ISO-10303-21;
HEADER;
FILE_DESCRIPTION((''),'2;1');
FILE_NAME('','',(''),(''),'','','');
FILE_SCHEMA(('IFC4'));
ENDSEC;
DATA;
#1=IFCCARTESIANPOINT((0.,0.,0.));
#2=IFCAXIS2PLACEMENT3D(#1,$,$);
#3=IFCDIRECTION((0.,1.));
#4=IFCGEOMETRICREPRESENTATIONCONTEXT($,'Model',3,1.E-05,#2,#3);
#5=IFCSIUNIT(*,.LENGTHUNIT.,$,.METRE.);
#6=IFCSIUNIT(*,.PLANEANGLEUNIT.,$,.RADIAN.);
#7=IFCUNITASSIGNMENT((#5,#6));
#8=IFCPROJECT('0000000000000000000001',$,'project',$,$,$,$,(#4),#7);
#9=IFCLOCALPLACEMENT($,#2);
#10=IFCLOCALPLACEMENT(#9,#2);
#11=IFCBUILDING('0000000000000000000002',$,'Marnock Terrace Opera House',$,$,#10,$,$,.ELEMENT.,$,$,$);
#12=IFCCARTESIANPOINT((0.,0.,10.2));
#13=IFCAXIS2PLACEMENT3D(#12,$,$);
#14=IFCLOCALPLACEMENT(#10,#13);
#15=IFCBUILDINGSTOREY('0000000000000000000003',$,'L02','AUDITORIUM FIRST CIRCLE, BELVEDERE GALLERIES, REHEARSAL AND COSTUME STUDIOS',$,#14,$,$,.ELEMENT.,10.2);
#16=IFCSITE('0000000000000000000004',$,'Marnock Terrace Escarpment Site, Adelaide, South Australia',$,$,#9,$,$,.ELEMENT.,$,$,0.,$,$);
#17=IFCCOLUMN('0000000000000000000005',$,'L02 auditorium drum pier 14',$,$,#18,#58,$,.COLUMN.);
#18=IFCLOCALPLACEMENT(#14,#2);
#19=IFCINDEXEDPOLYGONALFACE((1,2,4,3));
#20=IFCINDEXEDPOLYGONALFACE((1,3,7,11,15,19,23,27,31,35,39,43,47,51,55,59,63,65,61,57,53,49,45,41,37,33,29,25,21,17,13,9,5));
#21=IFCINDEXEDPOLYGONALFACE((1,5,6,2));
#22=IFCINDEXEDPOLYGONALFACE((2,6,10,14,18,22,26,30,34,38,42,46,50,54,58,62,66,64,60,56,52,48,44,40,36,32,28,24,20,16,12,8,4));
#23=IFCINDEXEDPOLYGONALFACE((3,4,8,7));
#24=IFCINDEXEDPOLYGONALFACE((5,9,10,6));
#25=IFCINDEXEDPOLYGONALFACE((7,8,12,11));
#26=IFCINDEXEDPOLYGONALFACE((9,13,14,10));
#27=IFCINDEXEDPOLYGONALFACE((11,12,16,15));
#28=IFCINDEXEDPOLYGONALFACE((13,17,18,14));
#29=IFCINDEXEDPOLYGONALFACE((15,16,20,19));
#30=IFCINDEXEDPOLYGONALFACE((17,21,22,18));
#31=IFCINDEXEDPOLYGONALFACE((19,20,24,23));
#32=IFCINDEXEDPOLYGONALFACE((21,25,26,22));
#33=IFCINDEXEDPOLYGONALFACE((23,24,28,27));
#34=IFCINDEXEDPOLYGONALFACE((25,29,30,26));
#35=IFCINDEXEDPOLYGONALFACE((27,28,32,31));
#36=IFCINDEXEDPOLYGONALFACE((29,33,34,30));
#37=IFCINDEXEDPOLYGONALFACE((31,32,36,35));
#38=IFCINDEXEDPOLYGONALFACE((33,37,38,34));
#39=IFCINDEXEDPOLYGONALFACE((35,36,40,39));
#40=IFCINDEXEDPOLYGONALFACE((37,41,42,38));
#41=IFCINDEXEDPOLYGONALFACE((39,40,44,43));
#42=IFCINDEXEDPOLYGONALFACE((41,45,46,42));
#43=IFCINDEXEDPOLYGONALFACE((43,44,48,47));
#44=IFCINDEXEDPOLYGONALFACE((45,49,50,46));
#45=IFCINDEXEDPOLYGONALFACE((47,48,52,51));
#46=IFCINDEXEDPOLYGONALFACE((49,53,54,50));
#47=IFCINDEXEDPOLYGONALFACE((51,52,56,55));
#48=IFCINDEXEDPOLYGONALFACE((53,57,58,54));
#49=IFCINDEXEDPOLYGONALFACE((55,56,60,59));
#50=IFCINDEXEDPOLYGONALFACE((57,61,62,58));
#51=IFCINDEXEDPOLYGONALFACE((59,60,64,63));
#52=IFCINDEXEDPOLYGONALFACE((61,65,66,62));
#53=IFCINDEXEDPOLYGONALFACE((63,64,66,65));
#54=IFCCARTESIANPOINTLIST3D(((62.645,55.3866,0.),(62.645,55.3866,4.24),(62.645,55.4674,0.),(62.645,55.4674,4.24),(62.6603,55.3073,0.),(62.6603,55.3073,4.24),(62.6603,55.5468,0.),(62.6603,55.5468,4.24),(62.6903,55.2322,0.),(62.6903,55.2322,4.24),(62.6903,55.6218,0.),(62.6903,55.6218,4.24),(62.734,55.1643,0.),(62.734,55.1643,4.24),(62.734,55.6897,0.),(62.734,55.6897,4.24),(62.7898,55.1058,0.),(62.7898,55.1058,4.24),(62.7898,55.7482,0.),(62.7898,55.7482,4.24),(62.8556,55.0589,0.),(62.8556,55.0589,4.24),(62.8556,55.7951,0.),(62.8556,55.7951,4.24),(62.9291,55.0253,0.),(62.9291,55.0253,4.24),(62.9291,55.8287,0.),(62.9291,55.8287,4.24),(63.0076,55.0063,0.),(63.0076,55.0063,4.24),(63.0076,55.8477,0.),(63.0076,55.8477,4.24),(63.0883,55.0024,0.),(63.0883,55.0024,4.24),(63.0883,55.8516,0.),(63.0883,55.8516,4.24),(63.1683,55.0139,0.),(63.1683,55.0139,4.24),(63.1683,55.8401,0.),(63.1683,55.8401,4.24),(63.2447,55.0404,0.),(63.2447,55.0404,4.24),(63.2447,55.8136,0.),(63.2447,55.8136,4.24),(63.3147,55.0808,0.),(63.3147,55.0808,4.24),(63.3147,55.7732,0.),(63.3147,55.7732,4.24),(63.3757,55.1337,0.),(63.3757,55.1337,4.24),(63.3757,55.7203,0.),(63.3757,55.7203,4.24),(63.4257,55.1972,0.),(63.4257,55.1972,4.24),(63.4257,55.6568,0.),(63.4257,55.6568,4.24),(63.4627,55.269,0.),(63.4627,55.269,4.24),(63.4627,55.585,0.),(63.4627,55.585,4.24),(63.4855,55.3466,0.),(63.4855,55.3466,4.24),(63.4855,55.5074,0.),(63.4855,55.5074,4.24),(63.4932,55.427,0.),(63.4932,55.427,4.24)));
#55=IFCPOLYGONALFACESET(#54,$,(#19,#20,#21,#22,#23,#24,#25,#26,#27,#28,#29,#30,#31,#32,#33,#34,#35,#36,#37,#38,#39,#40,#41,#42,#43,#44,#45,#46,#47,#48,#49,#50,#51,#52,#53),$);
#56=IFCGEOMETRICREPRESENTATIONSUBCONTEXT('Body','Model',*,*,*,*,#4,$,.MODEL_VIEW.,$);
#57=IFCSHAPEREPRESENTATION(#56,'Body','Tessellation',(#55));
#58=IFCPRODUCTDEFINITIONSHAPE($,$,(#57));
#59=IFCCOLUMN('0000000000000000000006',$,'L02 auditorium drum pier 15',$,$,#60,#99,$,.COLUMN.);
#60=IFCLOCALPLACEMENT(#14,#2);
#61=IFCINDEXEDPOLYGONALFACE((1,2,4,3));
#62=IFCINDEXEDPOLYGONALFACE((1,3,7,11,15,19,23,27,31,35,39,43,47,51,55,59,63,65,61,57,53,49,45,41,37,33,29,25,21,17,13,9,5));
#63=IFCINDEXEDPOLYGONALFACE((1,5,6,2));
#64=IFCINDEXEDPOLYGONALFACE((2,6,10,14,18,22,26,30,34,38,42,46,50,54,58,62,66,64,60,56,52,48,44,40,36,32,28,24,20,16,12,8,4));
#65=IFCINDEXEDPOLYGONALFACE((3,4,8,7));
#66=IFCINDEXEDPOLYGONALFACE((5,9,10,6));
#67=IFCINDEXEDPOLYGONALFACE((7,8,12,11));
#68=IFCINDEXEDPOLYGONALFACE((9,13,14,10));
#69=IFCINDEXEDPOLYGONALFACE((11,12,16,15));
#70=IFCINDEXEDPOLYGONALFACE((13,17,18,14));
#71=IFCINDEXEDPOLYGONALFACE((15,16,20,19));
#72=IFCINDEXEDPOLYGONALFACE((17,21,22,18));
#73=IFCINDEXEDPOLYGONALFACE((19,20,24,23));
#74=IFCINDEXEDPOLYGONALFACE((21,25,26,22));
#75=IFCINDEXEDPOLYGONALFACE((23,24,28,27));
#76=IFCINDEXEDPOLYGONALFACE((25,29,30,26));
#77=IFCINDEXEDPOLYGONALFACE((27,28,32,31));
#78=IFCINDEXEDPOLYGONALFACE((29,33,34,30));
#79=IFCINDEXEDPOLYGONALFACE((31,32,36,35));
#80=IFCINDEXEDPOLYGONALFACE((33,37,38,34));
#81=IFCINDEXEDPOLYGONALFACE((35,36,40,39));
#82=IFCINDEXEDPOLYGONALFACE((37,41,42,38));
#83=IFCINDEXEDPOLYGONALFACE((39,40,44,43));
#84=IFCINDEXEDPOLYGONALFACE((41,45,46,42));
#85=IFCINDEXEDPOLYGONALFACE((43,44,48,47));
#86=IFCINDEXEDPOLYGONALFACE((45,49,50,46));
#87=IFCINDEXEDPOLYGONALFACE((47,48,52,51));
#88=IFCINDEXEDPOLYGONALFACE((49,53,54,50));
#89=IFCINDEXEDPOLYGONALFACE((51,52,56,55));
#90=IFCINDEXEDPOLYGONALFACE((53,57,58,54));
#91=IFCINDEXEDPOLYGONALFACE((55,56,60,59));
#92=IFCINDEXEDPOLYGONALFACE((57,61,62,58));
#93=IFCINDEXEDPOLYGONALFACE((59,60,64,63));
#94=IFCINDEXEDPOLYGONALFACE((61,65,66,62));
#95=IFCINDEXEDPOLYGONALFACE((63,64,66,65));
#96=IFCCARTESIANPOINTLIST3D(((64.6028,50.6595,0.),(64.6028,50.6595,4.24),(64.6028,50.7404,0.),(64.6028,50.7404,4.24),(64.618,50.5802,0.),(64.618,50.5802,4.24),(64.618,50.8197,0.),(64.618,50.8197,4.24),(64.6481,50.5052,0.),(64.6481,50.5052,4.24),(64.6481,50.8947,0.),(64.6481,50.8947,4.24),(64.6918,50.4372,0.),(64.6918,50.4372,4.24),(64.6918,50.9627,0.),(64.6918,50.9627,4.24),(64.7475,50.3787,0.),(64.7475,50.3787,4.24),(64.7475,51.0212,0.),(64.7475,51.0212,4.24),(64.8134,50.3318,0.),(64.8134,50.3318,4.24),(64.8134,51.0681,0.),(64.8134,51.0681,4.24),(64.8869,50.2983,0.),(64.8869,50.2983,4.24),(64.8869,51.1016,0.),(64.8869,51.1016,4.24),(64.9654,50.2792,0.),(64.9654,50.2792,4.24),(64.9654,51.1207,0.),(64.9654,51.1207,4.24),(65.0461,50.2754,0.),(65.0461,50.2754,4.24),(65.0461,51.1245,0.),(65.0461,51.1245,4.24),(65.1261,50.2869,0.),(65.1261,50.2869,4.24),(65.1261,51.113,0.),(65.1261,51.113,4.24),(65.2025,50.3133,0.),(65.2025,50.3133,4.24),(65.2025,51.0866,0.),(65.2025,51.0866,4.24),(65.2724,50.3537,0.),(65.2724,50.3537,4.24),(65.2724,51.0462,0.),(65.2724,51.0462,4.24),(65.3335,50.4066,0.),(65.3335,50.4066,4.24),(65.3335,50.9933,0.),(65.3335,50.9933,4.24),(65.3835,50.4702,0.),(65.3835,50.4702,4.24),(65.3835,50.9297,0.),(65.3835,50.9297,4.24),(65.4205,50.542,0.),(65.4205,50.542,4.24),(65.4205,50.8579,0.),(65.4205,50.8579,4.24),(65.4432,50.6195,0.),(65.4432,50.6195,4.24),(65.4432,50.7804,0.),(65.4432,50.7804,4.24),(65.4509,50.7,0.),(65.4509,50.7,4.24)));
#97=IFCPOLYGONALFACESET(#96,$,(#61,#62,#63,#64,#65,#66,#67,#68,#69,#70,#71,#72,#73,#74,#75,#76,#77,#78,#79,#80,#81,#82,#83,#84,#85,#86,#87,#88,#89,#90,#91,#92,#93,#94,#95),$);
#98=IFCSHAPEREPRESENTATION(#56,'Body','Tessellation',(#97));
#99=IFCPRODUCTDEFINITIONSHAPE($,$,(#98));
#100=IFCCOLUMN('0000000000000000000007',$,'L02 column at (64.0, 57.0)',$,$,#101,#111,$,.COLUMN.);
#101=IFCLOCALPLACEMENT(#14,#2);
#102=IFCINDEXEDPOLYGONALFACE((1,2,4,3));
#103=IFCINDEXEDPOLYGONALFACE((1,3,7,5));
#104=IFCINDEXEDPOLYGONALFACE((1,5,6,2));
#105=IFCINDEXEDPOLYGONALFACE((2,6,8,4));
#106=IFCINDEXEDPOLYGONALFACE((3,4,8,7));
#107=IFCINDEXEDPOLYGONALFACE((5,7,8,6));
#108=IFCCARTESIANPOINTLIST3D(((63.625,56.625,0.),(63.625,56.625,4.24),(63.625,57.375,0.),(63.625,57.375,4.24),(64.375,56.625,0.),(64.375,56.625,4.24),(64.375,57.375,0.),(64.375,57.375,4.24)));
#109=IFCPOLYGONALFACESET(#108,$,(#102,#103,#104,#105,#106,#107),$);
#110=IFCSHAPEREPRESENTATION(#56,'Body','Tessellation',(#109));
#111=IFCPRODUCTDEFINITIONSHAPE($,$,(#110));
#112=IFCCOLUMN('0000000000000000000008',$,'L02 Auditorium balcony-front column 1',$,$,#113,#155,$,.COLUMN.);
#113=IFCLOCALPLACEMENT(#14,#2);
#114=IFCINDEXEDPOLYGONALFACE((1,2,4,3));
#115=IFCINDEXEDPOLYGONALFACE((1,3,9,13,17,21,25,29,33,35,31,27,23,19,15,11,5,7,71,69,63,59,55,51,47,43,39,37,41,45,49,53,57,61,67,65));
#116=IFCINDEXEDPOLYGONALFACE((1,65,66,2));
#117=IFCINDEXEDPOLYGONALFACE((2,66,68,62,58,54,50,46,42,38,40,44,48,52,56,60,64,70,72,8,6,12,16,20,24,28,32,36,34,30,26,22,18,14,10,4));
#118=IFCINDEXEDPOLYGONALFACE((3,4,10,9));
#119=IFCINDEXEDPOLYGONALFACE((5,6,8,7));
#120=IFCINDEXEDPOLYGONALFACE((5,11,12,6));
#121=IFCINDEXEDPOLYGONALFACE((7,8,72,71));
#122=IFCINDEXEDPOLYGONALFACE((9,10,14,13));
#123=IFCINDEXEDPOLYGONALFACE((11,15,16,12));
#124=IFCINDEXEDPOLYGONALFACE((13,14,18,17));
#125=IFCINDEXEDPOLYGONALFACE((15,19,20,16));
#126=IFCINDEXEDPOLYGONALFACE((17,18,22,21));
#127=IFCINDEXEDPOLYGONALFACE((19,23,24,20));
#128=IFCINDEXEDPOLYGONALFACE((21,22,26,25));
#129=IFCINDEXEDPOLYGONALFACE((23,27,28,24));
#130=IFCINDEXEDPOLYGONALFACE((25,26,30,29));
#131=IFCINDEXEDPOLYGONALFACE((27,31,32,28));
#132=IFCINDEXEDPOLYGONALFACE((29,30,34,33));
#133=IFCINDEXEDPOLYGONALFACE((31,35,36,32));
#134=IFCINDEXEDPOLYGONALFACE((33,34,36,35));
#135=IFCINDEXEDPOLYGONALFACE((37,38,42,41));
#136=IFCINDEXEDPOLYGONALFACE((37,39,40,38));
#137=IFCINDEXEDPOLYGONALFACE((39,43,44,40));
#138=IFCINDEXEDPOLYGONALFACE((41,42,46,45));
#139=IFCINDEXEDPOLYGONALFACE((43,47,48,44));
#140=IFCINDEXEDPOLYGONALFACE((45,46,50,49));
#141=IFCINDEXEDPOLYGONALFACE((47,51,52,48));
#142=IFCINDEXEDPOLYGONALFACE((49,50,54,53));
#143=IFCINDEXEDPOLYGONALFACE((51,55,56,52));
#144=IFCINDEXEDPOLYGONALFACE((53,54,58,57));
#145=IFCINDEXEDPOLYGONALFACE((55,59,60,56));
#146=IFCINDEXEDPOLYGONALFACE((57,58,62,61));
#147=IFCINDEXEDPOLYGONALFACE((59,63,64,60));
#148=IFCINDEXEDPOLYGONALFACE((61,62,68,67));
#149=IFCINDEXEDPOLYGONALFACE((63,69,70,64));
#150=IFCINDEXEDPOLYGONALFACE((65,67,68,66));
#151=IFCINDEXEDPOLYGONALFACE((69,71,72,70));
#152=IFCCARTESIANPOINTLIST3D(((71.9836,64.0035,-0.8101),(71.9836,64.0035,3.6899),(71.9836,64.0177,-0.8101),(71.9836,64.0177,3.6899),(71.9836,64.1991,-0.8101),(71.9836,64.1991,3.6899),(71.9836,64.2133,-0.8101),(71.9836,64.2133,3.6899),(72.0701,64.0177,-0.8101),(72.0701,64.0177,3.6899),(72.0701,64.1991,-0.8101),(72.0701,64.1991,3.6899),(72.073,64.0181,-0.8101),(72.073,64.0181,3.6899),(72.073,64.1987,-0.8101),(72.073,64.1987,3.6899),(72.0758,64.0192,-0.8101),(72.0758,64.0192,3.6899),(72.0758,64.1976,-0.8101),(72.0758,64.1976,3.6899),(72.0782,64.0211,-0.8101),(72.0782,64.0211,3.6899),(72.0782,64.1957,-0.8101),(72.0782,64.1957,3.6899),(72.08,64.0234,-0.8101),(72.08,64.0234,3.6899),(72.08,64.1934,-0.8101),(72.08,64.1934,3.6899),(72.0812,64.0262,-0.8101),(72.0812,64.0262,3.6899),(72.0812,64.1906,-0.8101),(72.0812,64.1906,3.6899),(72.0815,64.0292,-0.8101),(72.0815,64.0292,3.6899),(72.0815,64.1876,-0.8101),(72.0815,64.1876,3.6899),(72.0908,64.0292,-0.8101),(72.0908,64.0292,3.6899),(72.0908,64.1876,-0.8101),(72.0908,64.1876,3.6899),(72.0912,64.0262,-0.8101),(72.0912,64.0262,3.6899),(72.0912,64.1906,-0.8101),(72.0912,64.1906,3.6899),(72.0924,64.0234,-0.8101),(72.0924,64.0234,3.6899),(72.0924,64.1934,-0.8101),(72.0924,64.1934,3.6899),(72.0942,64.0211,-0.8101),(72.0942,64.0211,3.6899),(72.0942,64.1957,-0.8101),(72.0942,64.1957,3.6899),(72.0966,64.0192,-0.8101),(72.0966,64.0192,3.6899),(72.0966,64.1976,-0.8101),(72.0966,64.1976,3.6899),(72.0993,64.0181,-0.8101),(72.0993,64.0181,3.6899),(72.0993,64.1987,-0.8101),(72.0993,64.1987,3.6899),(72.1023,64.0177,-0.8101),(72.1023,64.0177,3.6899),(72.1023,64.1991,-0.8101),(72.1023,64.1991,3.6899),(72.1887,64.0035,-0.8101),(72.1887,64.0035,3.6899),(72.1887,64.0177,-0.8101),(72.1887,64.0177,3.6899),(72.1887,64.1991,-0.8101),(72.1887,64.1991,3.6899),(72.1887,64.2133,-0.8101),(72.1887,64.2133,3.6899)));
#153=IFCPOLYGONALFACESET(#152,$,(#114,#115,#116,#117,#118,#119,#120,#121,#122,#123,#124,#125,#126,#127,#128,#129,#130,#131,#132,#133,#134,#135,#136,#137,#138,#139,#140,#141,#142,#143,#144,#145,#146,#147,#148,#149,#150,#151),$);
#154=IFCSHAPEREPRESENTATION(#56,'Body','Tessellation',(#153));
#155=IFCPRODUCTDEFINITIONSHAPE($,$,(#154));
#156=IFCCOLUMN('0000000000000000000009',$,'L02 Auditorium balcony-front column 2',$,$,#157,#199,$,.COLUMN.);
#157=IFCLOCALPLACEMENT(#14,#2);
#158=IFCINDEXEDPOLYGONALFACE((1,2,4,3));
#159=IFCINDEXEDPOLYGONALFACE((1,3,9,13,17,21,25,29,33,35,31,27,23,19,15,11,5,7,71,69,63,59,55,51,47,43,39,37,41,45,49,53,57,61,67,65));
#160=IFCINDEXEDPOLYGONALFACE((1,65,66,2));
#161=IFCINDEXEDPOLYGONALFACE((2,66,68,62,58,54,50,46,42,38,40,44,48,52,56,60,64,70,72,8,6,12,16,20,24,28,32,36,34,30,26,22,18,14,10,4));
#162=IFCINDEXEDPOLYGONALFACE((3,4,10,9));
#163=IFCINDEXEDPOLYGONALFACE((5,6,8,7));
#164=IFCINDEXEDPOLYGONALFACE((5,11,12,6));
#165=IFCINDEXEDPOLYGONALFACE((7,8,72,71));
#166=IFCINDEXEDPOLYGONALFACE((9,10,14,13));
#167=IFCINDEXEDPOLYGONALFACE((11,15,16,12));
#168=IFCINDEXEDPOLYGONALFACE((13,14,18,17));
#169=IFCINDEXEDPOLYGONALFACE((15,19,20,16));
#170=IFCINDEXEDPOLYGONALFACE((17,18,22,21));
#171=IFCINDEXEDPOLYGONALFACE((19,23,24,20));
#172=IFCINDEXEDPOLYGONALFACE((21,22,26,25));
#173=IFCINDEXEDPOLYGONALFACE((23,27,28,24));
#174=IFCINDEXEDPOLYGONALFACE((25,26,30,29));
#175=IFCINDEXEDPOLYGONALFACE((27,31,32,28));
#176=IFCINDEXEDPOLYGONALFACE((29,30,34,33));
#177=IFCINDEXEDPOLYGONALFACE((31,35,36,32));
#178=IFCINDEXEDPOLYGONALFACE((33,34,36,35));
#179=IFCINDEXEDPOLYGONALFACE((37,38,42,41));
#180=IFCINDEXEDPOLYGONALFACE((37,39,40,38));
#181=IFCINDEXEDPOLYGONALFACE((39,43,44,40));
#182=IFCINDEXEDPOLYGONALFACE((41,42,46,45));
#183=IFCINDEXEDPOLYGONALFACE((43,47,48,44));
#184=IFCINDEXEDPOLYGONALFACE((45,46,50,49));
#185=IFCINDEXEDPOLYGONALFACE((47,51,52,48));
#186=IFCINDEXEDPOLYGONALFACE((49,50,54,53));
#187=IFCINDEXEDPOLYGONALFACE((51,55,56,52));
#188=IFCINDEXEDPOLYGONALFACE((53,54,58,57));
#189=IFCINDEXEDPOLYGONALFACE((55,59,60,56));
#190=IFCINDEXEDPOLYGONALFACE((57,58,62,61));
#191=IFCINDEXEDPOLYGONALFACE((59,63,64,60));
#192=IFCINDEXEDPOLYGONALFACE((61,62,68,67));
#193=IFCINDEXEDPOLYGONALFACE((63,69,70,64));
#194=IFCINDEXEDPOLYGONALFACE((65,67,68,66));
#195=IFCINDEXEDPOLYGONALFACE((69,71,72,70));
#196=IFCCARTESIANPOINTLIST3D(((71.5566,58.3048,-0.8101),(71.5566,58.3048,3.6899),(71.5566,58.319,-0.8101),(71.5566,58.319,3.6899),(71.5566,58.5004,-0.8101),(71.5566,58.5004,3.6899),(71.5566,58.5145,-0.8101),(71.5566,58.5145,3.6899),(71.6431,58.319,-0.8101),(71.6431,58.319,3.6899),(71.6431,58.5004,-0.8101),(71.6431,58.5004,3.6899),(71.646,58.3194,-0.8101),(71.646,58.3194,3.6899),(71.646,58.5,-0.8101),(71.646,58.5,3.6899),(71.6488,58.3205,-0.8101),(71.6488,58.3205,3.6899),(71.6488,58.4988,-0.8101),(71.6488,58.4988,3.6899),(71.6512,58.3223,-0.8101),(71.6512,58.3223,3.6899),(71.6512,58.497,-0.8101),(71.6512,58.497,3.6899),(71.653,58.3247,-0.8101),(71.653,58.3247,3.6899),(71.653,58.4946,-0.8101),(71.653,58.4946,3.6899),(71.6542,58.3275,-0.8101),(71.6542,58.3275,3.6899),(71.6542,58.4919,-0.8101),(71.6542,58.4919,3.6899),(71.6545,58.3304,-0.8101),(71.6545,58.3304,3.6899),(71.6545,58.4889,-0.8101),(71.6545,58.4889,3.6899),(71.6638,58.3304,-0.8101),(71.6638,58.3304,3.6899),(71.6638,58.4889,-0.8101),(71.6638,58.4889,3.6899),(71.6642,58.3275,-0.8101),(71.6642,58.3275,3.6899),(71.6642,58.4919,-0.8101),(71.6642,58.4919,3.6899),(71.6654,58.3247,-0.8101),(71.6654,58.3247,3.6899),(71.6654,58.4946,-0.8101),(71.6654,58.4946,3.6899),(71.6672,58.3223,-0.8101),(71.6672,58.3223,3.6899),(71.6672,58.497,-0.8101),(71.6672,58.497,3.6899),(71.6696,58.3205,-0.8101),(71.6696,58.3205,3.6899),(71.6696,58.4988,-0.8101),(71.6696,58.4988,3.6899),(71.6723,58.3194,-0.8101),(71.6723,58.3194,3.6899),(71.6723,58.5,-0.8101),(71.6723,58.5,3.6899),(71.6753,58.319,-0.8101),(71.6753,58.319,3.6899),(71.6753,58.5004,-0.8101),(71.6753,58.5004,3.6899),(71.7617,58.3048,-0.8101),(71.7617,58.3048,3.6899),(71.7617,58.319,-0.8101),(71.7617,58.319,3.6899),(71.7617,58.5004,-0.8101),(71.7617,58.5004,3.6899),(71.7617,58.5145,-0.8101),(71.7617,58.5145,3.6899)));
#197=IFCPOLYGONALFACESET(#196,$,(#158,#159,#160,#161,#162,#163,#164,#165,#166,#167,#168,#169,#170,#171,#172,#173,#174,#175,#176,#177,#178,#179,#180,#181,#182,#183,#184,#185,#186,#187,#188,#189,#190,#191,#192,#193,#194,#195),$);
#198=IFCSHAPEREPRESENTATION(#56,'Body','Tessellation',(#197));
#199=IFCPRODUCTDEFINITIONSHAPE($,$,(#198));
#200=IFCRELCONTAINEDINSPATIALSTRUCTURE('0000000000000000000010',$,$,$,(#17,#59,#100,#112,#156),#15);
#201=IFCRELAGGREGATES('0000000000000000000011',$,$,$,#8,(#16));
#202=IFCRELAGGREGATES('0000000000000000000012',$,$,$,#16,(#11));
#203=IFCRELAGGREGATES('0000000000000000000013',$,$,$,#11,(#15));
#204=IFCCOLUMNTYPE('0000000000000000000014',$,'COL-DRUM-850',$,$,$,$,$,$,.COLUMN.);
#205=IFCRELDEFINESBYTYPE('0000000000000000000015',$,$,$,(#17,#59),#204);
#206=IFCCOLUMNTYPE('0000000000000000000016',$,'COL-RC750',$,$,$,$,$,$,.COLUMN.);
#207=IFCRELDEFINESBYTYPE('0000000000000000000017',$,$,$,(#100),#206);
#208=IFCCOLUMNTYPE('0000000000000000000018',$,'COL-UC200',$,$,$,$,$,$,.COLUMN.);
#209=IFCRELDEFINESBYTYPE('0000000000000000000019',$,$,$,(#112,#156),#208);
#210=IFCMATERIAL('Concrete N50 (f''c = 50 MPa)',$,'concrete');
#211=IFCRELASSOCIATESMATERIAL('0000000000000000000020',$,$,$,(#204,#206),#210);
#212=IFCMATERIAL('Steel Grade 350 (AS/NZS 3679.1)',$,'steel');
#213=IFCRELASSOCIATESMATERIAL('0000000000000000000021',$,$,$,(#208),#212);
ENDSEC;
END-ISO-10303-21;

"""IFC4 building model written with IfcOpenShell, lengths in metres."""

from ifc_helpers import new_model, si_unit, direction, frame, origin, origin_2d, place, context, subcontext, project, spatial, rectangle, circle, i_section, extrude, material, material_profile, profile_set, type_object, element, save


model = new_model("IFC4")

# Units and contexts
model_context = context("Model", 3, precision=1e-05, world=origin(), true_north=direction((0.0, 1.0)))
body_context = subcontext(model_context, "Body", "Model", "MODEL_VIEW")
ifc_project = project(units=[si_unit("LENGTHUNIT", "METRE"), si_unit("PLANEANGLEUNIT", "RADIAN")], contexts=[model_context])

# Site, building, storey
site_placement = place(None, origin())
site = spatial("IfcSite", under=ifc_project, at=site_placement, Name="Marnock Terrace Escarpment Site, Adelaide, South Australia", CompositionType="ELEMENT", RefElevation=0.0)
building_placement = place(site_placement, origin())
building = spatial("IfcBuilding", under=site, at=building_placement, Name="Marnock Terrace Opera House", CompositionType="ELEMENT")
storey_placement = place(building_placement, frame((0.0, 0.0, 10.2)))
storey = spatial("IfcBuildingStorey", under=building, at=storey_placement, Name="L02", Description="AUDITORIUM FIRST CIRCLE, BELVEDERE GALLERIES, REHEARSAL AND COSTUME STUDIOS", CompositionType="ELEMENT", Elevation=10.2)

# Columns
ifc_material_1 = material(Name="Concrete N50 (f'c = 50 MPa)", Category="concrete")
ifc_material_profile_1 = material_profile(ifc_material_1, circle(Radius=0.425, at=origin_2d()))
ifc_profile_set_1 = profile_set([ifc_material_profile_1], Name="Concrete N50 (f'c = 50 MPa)")
column_type_1 = type_object("IfcColumnType", Name="COL-DRUM-850", PredefinedType="COLUMN", material=ifc_profile_set_1)
for number, where, z_axis, x_axis, name in (
    (1, (63.0681, 55.427, 0.0), (0.0, 0.0, 1.0), (1.0, 0.0, 0.0), "L02 auditorium drum pier 14"),
    (2, (65.0259, 50.7, 0.0), (0.0, 0.0, 1.0), (1.0, 0.0, 0.0), "L02 auditorium drum pier 15"),
):
    element("IfcColumn", number, at=place(storey_placement, frame(where, z_axis=z_axis, x_axis=x_axis)), inside=storey, type_object=column_type_1, Name=name, PredefinedType="COLUMN", context=body_context, shape_type="SweptSolid", body=[
        extrude(circle(Radius=0.425, at=origin_2d()), origin(), (0.0, 0.0, 1.0), 4.24),
    ])
ifc_material_profile_2 = material_profile(ifc_material_1, rectangle(XDim=0.75, YDim=0.75, at=origin_2d()))
ifc_profile_set_2 = profile_set([ifc_material_profile_2], Name="Concrete N50 (f'c = 50 MPa)")
column_type_2 = type_object("IfcColumnType", Name="COL-RC750", PredefinedType="COLUMN", material=ifc_profile_set_2)
column_placement = place(storey_placement, frame((64.0, 57.0, 0.0), z_axis=(0.0, 0.0, 1.0), x_axis=(1.0, 0.0, 0.0)))
element("IfcColumn", 3, at=column_placement, inside=storey, type_object=column_type_2, Name="L02 column at (64.0, 57.0)", PredefinedType="COLUMN", context=body_context, shape_type="SweptSolid", body=[
    extrude(rectangle(XDim=0.75, YDim=0.75, at=origin_2d()), origin(), (0.0, 0.0, 1.0), 4.24),
])
ifc_material_2 = material(Name="Steel Grade 350 (AS/NZS 3679.1)", Category="steel")
ifc_material_profile_3 = material_profile(ifc_material_2, i_section(OverallWidth=0.2051, OverallDepth=0.2097, WebThickness=0.0093, FlangeThickness=0.0142, FilletRadius=0.0115, at=origin_2d()))
ifc_profile_set_3 = profile_set([ifc_material_profile_3], Name="Steel Grade 350 (AS/NZS 3679.1)")
column_type_3 = type_object("IfcColumnType", Name="COL-UC200", PredefinedType="COLUMN", material=ifc_profile_set_3)
for number, where, z_axis, x_axis, name in (
    (4, (72.0862, 64.1084, -0.8101), (0.0, 0.0, 1.0), (1.0, 0.0, 0.0), "L02 Auditorium balcony-front column 1"),
    (5, (71.6592, 58.4097, -0.8101), (0.0, 0.0, 1.0), (1.0, 0.0, 0.0), "L02 Auditorium balcony-front column 2"),
):
    element("IfcColumn", number, at=place(storey_placement, frame(where, z_axis=z_axis, x_axis=x_axis)), inside=storey, type_object=column_type_3, Name=name, PredefinedType="COLUMN", context=body_context, shape_type="SweptSolid", body=[
        extrude(i_section(OverallWidth=0.2051, OverallDepth=0.2097, WebThickness=0.0093, FlangeThickness=0.0142, FilletRadius=0.0115, at=origin_2d()), origin(), (0.0, 0.0, 1.0), 4.5),
    ])

save(model, "model.ifc")
